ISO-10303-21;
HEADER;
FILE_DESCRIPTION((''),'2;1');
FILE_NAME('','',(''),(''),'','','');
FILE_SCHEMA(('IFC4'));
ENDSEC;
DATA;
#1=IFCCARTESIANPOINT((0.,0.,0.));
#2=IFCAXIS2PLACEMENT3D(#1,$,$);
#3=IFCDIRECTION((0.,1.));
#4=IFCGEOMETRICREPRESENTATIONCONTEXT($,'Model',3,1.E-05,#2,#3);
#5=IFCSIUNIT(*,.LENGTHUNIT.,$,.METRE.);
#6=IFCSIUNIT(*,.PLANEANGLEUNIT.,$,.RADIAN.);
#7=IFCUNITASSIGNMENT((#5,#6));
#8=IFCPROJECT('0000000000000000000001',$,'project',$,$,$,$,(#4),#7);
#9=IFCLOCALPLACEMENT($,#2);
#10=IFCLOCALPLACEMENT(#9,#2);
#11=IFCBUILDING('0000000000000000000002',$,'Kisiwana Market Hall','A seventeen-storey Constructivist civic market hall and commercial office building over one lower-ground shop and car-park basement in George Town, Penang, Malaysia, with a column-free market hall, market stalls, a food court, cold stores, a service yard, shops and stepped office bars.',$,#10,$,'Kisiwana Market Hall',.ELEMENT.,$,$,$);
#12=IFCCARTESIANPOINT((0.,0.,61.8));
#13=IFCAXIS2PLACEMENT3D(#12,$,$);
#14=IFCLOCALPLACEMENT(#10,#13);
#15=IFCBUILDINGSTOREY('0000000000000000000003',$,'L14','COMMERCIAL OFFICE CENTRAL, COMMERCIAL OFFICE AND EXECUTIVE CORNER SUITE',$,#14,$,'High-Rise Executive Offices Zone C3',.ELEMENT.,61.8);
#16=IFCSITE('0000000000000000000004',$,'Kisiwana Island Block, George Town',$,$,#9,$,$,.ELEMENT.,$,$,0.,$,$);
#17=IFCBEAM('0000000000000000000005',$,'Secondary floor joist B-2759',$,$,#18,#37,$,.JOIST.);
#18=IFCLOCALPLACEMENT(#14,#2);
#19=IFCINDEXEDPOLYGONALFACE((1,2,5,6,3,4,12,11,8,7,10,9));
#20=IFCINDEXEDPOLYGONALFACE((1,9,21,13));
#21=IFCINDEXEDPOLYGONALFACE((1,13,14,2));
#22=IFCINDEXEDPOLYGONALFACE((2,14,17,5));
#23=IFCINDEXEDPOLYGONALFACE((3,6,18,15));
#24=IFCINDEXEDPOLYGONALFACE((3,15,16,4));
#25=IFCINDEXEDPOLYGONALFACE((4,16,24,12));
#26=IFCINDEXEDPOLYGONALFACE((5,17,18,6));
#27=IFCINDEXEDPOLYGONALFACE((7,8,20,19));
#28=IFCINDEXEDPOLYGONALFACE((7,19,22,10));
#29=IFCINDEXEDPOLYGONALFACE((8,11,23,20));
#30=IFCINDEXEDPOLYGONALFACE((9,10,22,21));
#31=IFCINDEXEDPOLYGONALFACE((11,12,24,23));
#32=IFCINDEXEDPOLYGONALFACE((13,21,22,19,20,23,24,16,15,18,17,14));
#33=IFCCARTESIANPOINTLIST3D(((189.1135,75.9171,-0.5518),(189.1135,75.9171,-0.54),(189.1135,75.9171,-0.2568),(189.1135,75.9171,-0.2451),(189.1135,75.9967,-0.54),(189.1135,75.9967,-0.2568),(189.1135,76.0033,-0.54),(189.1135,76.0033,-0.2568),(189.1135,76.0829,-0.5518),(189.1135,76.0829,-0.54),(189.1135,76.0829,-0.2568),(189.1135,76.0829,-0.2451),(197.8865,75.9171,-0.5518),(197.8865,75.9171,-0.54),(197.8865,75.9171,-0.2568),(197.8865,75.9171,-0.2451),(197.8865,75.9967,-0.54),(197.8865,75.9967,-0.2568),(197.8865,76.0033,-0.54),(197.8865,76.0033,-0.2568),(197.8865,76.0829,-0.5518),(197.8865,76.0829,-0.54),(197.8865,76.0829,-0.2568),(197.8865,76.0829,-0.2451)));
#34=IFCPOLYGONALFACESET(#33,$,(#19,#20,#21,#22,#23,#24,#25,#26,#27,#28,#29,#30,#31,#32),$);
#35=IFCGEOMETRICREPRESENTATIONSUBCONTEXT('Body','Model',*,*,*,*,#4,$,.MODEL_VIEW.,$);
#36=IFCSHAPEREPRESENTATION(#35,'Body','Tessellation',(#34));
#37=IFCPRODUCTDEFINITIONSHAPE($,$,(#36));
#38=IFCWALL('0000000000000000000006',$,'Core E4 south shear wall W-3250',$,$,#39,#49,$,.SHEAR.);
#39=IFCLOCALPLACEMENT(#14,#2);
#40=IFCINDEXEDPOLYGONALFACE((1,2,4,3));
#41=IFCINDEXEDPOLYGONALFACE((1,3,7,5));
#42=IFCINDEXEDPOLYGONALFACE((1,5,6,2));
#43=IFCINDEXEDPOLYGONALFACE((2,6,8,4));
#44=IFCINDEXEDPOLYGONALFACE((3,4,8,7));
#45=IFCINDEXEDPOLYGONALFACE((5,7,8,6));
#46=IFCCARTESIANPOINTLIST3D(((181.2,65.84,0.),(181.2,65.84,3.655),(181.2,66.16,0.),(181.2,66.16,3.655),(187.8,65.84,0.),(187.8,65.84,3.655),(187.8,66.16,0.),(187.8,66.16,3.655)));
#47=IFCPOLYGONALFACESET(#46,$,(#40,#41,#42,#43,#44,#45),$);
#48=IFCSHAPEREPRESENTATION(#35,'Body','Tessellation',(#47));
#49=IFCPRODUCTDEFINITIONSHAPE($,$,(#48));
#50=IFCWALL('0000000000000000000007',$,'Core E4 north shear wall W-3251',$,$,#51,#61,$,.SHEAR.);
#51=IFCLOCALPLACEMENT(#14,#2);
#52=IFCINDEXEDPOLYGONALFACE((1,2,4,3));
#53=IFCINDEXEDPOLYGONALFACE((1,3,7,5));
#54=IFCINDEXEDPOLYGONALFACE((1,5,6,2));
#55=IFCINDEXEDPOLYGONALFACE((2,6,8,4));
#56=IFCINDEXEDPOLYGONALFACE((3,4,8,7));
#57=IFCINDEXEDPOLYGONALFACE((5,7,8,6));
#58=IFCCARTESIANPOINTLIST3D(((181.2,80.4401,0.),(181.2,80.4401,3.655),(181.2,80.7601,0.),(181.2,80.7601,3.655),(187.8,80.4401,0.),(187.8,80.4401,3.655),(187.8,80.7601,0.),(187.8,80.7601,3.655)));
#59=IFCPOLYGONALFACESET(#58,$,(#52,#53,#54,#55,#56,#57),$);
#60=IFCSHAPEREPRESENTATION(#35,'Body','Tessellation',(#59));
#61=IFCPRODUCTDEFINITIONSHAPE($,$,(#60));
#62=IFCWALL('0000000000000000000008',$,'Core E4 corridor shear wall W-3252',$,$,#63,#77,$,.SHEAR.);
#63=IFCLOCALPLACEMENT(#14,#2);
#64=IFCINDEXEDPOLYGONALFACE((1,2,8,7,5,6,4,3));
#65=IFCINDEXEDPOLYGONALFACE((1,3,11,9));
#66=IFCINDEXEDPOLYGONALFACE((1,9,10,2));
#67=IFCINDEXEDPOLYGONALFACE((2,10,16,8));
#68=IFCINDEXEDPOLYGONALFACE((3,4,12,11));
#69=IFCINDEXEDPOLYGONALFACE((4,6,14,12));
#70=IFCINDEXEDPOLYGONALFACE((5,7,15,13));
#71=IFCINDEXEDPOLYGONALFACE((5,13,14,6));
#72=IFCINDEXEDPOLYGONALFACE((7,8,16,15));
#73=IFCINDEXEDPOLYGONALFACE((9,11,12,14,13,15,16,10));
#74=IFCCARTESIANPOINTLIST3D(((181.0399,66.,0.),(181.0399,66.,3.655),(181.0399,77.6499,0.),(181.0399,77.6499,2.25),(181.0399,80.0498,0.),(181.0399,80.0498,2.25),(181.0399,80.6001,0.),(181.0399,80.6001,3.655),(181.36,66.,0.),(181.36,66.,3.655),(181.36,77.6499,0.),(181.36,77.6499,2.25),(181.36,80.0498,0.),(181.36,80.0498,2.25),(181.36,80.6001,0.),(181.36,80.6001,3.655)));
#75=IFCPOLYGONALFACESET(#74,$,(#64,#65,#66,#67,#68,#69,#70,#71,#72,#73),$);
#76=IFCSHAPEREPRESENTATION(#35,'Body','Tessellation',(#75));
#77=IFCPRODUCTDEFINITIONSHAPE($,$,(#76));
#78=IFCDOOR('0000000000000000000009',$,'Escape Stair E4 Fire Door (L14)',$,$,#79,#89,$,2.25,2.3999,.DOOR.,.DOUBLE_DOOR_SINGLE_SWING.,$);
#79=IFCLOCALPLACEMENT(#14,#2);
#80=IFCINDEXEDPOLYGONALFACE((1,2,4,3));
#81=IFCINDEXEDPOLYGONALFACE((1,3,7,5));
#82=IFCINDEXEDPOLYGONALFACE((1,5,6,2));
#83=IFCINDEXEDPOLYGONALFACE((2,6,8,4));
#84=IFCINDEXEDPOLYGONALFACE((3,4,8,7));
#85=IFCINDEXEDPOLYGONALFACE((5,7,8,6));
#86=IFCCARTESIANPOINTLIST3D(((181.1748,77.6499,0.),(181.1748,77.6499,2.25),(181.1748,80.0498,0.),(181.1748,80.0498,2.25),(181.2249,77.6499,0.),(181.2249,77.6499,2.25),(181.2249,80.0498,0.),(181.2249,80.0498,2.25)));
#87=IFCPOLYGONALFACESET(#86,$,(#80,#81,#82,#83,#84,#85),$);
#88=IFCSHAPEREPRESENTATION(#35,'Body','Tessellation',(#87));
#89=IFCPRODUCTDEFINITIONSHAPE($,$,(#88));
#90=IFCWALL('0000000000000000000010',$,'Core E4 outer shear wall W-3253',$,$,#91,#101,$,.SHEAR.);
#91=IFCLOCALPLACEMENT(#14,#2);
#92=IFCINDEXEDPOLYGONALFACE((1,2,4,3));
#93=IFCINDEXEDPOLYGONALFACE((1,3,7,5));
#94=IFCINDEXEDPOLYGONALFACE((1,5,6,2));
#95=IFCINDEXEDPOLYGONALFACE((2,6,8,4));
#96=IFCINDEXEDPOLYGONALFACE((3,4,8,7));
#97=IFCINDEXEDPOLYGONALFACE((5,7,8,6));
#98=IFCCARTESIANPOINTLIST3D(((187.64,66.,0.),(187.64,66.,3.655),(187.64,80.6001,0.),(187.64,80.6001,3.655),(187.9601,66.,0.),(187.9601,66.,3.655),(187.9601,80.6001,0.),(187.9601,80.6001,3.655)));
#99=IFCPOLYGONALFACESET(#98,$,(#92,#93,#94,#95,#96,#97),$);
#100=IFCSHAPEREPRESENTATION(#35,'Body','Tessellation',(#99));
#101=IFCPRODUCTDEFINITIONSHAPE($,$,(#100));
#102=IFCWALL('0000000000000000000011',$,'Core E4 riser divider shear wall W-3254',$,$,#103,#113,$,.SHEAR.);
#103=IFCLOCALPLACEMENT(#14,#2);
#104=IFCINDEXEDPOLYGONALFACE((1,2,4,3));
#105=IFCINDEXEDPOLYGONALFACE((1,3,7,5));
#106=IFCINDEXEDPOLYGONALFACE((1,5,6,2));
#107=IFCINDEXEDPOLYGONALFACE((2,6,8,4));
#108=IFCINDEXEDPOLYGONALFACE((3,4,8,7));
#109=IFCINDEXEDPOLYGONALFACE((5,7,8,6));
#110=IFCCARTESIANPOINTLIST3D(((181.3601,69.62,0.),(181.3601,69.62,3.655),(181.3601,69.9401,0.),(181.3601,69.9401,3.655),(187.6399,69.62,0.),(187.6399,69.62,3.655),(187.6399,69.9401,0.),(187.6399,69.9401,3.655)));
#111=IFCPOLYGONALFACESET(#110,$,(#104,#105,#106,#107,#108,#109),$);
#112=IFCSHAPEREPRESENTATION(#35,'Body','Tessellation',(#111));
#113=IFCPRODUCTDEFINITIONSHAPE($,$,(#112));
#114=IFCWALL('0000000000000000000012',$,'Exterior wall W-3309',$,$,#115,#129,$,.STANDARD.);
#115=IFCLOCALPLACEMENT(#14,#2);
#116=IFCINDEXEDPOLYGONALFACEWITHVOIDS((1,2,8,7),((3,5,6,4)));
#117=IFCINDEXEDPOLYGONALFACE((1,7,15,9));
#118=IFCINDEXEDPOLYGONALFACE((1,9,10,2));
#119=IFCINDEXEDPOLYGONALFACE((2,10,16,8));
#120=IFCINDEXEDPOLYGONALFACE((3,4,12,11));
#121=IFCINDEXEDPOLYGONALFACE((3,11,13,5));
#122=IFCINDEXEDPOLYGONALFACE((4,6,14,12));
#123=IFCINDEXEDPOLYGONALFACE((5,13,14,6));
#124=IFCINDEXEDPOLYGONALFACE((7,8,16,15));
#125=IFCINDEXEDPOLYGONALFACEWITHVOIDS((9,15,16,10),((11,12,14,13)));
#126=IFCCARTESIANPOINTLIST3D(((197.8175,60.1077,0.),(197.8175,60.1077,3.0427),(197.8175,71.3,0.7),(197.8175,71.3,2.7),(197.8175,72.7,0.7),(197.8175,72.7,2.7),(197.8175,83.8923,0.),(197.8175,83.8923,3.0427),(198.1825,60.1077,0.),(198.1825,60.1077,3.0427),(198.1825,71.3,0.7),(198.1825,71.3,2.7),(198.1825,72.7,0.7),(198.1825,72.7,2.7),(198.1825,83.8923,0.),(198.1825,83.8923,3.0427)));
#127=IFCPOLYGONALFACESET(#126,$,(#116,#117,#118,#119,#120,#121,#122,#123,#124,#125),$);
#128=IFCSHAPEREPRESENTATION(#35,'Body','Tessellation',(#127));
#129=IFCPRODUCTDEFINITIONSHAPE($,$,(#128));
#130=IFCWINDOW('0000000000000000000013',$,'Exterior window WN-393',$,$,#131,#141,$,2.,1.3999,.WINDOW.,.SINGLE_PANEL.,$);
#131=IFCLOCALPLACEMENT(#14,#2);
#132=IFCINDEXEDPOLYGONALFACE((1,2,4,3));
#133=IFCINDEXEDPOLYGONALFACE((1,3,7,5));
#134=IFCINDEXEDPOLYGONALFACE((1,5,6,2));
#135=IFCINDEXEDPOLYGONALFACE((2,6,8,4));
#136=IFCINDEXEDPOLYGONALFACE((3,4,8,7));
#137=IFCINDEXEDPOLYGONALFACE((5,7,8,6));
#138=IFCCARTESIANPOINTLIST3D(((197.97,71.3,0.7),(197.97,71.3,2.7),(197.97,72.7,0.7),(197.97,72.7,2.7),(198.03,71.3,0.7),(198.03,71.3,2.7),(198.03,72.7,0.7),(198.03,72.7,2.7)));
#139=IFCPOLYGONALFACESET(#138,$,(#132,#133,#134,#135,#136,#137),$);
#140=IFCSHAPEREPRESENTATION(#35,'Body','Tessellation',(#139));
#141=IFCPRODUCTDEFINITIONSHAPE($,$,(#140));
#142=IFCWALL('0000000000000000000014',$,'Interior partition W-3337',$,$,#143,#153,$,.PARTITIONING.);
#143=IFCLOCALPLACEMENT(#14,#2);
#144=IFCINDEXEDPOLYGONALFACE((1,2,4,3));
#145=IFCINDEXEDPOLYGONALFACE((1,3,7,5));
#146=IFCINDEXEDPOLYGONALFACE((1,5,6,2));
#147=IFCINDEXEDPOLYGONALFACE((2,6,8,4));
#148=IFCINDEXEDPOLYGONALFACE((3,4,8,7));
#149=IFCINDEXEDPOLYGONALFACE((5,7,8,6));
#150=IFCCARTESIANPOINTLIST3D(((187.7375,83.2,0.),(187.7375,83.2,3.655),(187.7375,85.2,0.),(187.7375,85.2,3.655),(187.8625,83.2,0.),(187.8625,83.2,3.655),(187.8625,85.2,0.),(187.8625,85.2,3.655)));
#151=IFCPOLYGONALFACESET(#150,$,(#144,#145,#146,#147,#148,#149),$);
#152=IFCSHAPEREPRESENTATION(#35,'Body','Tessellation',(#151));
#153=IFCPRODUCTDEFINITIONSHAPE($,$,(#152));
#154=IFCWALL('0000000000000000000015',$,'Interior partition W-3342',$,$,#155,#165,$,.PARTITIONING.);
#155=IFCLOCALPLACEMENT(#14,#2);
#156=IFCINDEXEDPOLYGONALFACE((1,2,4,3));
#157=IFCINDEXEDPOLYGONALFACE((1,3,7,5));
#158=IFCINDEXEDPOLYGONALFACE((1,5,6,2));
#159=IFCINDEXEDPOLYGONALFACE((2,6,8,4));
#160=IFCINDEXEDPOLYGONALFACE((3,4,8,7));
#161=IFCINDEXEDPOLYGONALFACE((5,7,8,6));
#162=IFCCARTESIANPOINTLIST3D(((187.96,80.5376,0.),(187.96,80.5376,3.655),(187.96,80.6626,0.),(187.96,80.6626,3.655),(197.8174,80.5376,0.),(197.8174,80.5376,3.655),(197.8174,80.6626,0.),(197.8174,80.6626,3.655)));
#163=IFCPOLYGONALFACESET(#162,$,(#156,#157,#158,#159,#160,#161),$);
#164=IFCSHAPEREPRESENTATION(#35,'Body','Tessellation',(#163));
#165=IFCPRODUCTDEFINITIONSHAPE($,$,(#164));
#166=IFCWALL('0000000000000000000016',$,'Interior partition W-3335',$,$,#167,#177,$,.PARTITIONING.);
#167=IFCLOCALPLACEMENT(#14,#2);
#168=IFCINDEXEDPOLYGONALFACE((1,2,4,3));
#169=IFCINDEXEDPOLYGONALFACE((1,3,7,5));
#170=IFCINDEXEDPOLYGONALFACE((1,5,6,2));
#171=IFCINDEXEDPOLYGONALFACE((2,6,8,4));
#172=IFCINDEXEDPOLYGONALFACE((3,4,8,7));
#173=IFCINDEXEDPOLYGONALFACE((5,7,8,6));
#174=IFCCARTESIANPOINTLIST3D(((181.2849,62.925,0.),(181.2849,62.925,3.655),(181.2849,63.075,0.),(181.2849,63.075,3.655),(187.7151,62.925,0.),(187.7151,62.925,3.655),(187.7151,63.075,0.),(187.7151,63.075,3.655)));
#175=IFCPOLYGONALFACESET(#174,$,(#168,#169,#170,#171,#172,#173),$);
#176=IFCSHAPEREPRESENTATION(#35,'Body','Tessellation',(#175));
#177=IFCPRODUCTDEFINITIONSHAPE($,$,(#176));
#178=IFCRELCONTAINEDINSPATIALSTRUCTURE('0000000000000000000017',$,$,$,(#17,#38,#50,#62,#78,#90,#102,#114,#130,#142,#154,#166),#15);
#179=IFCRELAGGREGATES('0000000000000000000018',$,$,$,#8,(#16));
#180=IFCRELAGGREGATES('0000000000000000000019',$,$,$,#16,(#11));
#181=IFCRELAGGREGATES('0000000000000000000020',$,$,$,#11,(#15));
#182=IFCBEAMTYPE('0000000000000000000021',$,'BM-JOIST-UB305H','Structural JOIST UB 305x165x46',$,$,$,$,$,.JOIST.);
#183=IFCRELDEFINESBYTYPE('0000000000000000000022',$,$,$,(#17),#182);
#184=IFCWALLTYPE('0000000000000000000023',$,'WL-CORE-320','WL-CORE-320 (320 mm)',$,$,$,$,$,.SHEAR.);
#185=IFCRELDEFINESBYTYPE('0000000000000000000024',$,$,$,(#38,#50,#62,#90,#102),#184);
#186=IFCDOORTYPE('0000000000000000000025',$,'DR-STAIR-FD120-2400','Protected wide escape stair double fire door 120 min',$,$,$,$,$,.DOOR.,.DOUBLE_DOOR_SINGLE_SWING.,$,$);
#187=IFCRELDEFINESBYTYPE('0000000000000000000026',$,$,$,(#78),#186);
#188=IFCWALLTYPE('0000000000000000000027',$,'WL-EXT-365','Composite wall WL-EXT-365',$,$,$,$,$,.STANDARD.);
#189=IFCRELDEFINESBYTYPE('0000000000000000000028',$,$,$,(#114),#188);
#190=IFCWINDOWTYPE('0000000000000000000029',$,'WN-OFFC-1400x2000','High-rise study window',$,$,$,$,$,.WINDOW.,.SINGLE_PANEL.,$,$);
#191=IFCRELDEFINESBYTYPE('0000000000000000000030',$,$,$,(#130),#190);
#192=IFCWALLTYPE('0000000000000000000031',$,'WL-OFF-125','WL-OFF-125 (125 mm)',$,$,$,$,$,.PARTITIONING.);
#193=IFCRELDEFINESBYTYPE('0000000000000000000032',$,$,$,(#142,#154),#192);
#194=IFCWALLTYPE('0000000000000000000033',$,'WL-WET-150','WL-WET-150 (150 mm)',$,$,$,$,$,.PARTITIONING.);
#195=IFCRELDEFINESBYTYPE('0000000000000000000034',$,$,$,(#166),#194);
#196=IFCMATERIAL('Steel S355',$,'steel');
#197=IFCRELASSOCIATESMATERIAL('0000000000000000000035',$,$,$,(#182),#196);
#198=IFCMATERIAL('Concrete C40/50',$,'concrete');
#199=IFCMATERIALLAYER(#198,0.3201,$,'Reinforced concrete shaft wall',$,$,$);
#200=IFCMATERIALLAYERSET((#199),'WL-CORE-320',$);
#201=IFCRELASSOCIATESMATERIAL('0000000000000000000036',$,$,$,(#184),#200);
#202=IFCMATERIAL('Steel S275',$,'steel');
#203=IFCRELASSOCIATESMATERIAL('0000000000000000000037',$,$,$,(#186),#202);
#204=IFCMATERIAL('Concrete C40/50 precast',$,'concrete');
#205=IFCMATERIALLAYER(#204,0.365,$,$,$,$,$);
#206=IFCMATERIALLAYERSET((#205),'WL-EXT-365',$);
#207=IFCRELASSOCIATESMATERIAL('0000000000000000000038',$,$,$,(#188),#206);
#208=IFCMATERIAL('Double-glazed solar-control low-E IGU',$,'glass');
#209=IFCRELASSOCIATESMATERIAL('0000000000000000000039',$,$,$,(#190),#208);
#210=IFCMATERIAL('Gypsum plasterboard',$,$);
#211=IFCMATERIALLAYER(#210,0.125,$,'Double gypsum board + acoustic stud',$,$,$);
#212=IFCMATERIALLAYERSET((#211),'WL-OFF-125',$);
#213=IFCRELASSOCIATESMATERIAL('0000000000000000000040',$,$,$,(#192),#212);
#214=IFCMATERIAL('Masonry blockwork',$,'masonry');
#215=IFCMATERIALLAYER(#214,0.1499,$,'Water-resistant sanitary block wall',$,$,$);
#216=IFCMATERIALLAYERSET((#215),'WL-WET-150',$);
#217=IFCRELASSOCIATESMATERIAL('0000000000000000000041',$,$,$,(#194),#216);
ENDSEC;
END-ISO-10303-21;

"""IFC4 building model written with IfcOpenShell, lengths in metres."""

from ifc_helpers import new_model, si_unit, direction, frame, frame_2d, origin, origin_2d, place, context, subcontext, project, spatial, rectangle, i_section, extrude, material, layer, layer_set, material_profile, profile_set, type_object, element, fill, save


model = new_model("IFC4")

# Units and contexts
model_context = context("Model", 3, precision=1e-05, world=origin(), true_north=direction((0.0, 1.0)))
body_context = subcontext(model_context, "Body", "Model", "MODEL_VIEW")
ifc_project = project(units=[si_unit("LENGTHUNIT", "METRE"), si_unit("PLANEANGLEUNIT", "RADIAN")], contexts=[model_context])

# Site, building, storey
site_placement = place(None, origin())
site = spatial("IfcSite", under=ifc_project, at=site_placement, Name="Kisiwana Island Block, George Town", CompositionType="ELEMENT", RefElevation=0.0)
building_placement = place(site_placement, origin())
building = spatial("IfcBuilding", under=site, at=building_placement, Name="Kisiwana Market Hall", Description="A seventeen-storey Constructivist civic market hall and commercial office building over one lower-ground shop and car-park basement in George Town, Penang, Malaysia, with a column-free market hall, market stalls, a food court, cold stores, a service yard, shops and stepped office bars.", LongName="Kisiwana Market Hall", CompositionType="ELEMENT")
storey_placement = place(building_placement, frame((0.0, 0.0, 61.8)))
storey = spatial("IfcBuildingStorey", under=building, at=storey_placement, Name="L14", Description="COMMERCIAL OFFICE CENTRAL, COMMERCIAL OFFICE AND EXECUTIVE CORNER SUITE", LongName="High-Rise Executive Offices Zone C3", CompositionType="ELEMENT", Elevation=61.8)

# Beam
ifc_material_1 = material(Name="Steel S355", Category="steel")
ifc_material_profile_1 = material_profile(ifc_material_1, i_section(OverallWidth=0.1658, OverallDepth=0.3066, WebThickness=0.0066, FlangeThickness=0.0117, at=origin_2d()), Name="UB 305x165x46")
ifc_profile_set_1 = profile_set([ifc_material_profile_1], Name="Steel S355")
beam_type_1 = type_object("IfcBeamType", Name="BM-JOIST-UB305H", Description="Structural JOIST UB 305x165x46", PredefinedType="JOIST", material=ifc_profile_set_1)
for number, where, z_axis, x_axis, name in (
    (1, (189.1135, 76.0, -0.3984), (1.0, 0.0, 0.0), (0.0, 1.0, 0.0), "Secondary floor joist B-2759"),
):
    element("IfcBeam", number, at=place(storey_placement, frame(where, z_axis=z_axis, x_axis=x_axis)), inside=storey, type_object=beam_type_1, Name=name, PredefinedType="JOIST", context=body_context, shape_type="SweptSolid", body=[
        extrude(i_section(OverallWidth=0.1658, OverallDepth=0.3066, WebThickness=0.0066, FlangeThickness=0.0117, at=origin_2d()), origin(), (0.0, 0.0, 1.0), 8.7729),
    ])

# Walls
ifc_material_2 = material(Name="Concrete C40/50", Category="concrete")
ifc_layer_1 = layer(ifc_material_2, 0.3201, Name="Reinforced concrete shaft wall")
ifc_layer_set_1 = layer_set([ifc_layer_1], Name="WL-CORE-320")
wall_type_1 = type_object("IfcWallType", Name="WL-CORE-320", Description="WL-CORE-320 (320 mm)", PredefinedType="SHEAR", material=ifc_layer_set_1)
for number, where, z_axis, x_axis, name in (
    (2, (181.2, 66.0, 0.0), (0.0, 0.0, 1.0), (1.0, 0.0, 0.0), "Core E4 south shear wall W-3250"),
    (3, (181.2, 80.6001, 0.0), (0.0, 0.0, 1.0), (1.0, 0.0, 0.0), "Core E4 north shear wall W-3251"),
):
    element("IfcWall", number, at=place(storey_placement, frame(where, z_axis=z_axis, x_axis=x_axis)), inside=storey, type_object=wall_type_1, Name=name, PredefinedType="SHEAR", context=body_context, shape_type="SweptSolid", body=[
        extrude(rectangle(XDim=6.6001, YDim=0.3201, at=frame_2d((3.3, 0.0))), origin(), (0.0, 0.0, 1.0), 3.655),
    ])

# Wall, opening, door
wall_1_placement = place(storey_placement, frame((181.2, 66.0, 0.0), z_axis=(0.0, 0.0, 1.0), x_axis=(0.0, 1.0, 0.0)))
wall_1 = element("IfcWall", 4, at=wall_1_placement, inside=storey, type_object=wall_type_1, Name="Core E4 corridor shear wall W-3252", PredefinedType="SHEAR", context=body_context, shape_type="SweptSolid", body=[
    extrude(rectangle(XDim=14.6001, YDim=0.3201, at=frame_2d((7.3, 0.0))), origin(), (0.0, 0.0, 1.0), 3.655),
])
opening_1_placement = place(wall_1_placement, frame((11.6499, 0.0, 0.0)))
opening_1 = element("IfcOpeningElement", 5, at=opening_1_placement, cuts=wall_1, PredefinedType="OPENING", context=body_context, shape_type="SweptSolid", body=[
    extrude(rectangle(XDim=2.3999, YDim=2.25, at=frame_2d((1.2, 1.125))), frame((0.0, 0.1719, 0.0), z_axis=(0.0, -1.0, 0.0), x_axis=(1.0, 0.0, 0.0)), (0.0, 0.0, 1.0), 0.344),
])
ifc_material_3 = material(Name="Steel S275", Category="steel")
door_type = type_object("IfcDoorType", Name="DR-STAIR-FD120-2400", Description="Protected wide escape stair double fire door 120 min", OperationType="DOUBLE_DOOR_SINGLE_SWING", PredefinedType="DOOR", material=ifc_material_3)
door_placement = place(opening_1_placement, frame((2.3999, 0.0, 0.0), z_axis=(0.0, 0.0, 1.0), x_axis=(-1.0, 0.0, 0.0)))
door = element("IfcDoor", 6, at=door_placement, inside=storey, type_object=door_type, Name="Escape Stair E4 Fire Door (L14)", OperationType="DOUBLE_DOOR_SINGLE_SWING", OverallHeight=2.25, OverallWidth=2.3999, PredefinedType="DOOR", context=body_context, shape_type="SweptSolid", body=[
    extrude(rectangle(XDim=2.3999, YDim=2.25, at=frame_2d((1.2, 1.125))), frame((0.0, 0.0249, 0.0), z_axis=(0.0, -1.0, 0.0), x_axis=(1.0, 0.0, 0.0)), (0.0, 0.0, 1.0), 0.05),
])
fill(opening_1, door)

# Walls
wall_2_placement = place(storey_placement, frame((187.8, 66.0, 0.0), z_axis=(0.0, 0.0, 1.0), x_axis=(0.0, 1.0, 0.0)))
element("IfcWall", 7, at=wall_2_placement, inside=storey, type_object=wall_type_1, Name="Core E4 outer shear wall W-3253", PredefinedType="SHEAR", context=body_context, shape_type="SweptSolid", body=[
    extrude(rectangle(XDim=14.6001, YDim=0.3201, at=frame_2d((7.3, 0.0))), origin(), (0.0, 0.0, 1.0), 3.655),
])
wall_3_placement = place(storey_placement, frame((181.3601, 69.78, 0.0), z_axis=(0.0, 0.0, 1.0), x_axis=(1.0, 0.0, 0.0)))
element("IfcWall", 8, at=wall_3_placement, inside=storey, type_object=wall_type_1, Name="Core E4 riser divider shear wall W-3254", PredefinedType="SHEAR", context=body_context, shape_type="SweptSolid", body=[
    extrude(rectangle(XDim=6.2798, YDim=0.3201, at=frame_2d((3.1399, 0.0))), origin(), (0.0, 0.0, 1.0), 3.655),
])

# Wall, opening, window
ifc_material_4 = material(Name="Concrete C40/50 precast", Category="concrete")
ifc_layer_2 = layer(ifc_material_4, 0.365)
ifc_layer_set_2 = layer_set([ifc_layer_2], Name="WL-EXT-365")
wall_type_2 = type_object("IfcWallType", Name="WL-EXT-365", Description="Composite wall WL-EXT-365", PredefinedType="STANDARD", material=ifc_layer_set_2)
wall_4_placement = place(storey_placement, frame((198.0, 60.1077, 0.0), z_axis=(0.0, 0.0, 1.0), x_axis=(0.0, 1.0, 0.0)))
wall_4 = element("IfcWall", 9, at=wall_4_placement, inside=storey, type_object=wall_type_2, Name="Exterior wall W-3309", PredefinedType="STANDARD", context=body_context, shape_type="SweptSolid", body=[
    extrude(rectangle(XDim=23.7847, YDim=0.365, at=frame_2d((11.8923, 0.0))), origin(), (0.0, 0.0, 1.0), 3.0427),
])
opening_2_placement = place(wall_4_placement, frame((11.1924, 0.0, 0.7)))
opening_2 = element("IfcOpeningElement", 10, at=opening_2_placement, cuts=wall_4, PredefinedType="OPENING", context=body_context, shape_type="SweptSolid", body=[
    extrude(rectangle(XDim=1.3999, YDim=2.0, at=frame_2d((0.7, 1.0))), frame((0.0, 0.1943, 0.0), z_axis=(0.0, -1.0, 0.0), x_axis=(1.0, 0.0, 0.0)), (0.0, 0.0, 1.0), 0.3889),
])
ifc_material_5 = material(Name="Double-glazed solar-control low-E IGU", Category="glass")
window_type = type_object("IfcWindowType", Name="WN-OFFC-1400x2000", Description="High-rise study window", PartitioningType="SINGLE_PANEL", PredefinedType="WINDOW", material=ifc_material_5)
window_placement = place(opening_2_placement, origin())
window = element("IfcWindow", 11, at=window_placement, inside=storey, type_object=window_type, Name="Exterior window WN-393", OverallHeight=2.0, OverallWidth=1.3999, PartitioningType="SINGLE_PANEL", PredefinedType="WINDOW", context=body_context, shape_type="SweptSolid", body=[
    extrude(rectangle(XDim=1.3999, YDim=2.0, at=frame_2d((0.7, 1.0))), frame((0.0, 0.03, 0.0), z_axis=(0.0, -1.0, 0.0), x_axis=(1.0, 0.0, 0.0)), (0.0, 0.0, 1.0), 0.0601),
])
fill(opening_2, window)

# Walls
ifc_material_6 = material(Name="Gypsum plasterboard")
ifc_layer_3 = layer(ifc_material_6, 0.125, Name="Double gypsum board + acoustic stud")
ifc_layer_set_3 = layer_set([ifc_layer_3], Name="WL-OFF-125")
wall_type_3 = type_object("IfcWallType", Name="WL-OFF-125", Description="WL-OFF-125 (125 mm)", PredefinedType="PARTITIONING", material=ifc_layer_set_3)
wall_5_placement = place(storey_placement, frame((187.8, 83.2, 0.0), z_axis=(0.0, 0.0, 1.0), x_axis=(0.0, 1.0, 0.0)))
element("IfcWall", 12, at=wall_5_placement, inside=storey, type_object=wall_type_3, Name="Interior partition W-3337", PredefinedType="PARTITIONING", context=body_context, shape_type="SweptSolid", body=[
    extrude(rectangle(XDim=2.0, YDim=0.125, at=frame_2d((1.0, 0.0))), origin(), (0.0, 0.0, 1.0), 3.655),
])
wall_6_placement = place(storey_placement, frame((187.96, 80.6001, 0.0), z_axis=(0.0, 0.0, 1.0), x_axis=(1.0, 0.0, 0.0)))
element("IfcWall", 13, at=wall_6_placement, inside=storey, type_object=wall_type_3, Name="Interior partition W-3342", PredefinedType="PARTITIONING", context=body_context, shape_type="SweptSolid", body=[
    extrude(rectangle(XDim=9.8574, YDim=0.125, at=frame_2d((4.9287, 0.0))), origin(), (0.0, 0.0, 1.0), 3.655),
])
ifc_material_7 = material(Name="Masonry blockwork", Category="masonry")
ifc_layer_4 = layer(ifc_material_7, 0.1499, Name="Water-resistant sanitary block wall")
ifc_layer_set_4 = layer_set([ifc_layer_4], Name="WL-WET-150")
wall_type_4 = type_object("IfcWallType", Name="WL-WET-150", Description="WL-WET-150 (150 mm)", PredefinedType="PARTITIONING", material=ifc_layer_set_4)
wall_7_placement = place(storey_placement, frame((181.2849, 63.0, 0.0), z_axis=(0.0, 0.0, 1.0), x_axis=(1.0, 0.0, 0.0)))
element("IfcWall", 14, at=wall_7_placement, inside=storey, type_object=wall_type_4, Name="Interior partition W-3335", PredefinedType="PARTITIONING", context=body_context, shape_type="SweptSolid", body=[
    extrude(rectangle(XDim=6.4302, YDim=0.1499, at=frame_2d((3.2151, 0.0))), origin(), (0.0, 0.0, 1.0), 3.655),
])

save(model, "model.ifc")
